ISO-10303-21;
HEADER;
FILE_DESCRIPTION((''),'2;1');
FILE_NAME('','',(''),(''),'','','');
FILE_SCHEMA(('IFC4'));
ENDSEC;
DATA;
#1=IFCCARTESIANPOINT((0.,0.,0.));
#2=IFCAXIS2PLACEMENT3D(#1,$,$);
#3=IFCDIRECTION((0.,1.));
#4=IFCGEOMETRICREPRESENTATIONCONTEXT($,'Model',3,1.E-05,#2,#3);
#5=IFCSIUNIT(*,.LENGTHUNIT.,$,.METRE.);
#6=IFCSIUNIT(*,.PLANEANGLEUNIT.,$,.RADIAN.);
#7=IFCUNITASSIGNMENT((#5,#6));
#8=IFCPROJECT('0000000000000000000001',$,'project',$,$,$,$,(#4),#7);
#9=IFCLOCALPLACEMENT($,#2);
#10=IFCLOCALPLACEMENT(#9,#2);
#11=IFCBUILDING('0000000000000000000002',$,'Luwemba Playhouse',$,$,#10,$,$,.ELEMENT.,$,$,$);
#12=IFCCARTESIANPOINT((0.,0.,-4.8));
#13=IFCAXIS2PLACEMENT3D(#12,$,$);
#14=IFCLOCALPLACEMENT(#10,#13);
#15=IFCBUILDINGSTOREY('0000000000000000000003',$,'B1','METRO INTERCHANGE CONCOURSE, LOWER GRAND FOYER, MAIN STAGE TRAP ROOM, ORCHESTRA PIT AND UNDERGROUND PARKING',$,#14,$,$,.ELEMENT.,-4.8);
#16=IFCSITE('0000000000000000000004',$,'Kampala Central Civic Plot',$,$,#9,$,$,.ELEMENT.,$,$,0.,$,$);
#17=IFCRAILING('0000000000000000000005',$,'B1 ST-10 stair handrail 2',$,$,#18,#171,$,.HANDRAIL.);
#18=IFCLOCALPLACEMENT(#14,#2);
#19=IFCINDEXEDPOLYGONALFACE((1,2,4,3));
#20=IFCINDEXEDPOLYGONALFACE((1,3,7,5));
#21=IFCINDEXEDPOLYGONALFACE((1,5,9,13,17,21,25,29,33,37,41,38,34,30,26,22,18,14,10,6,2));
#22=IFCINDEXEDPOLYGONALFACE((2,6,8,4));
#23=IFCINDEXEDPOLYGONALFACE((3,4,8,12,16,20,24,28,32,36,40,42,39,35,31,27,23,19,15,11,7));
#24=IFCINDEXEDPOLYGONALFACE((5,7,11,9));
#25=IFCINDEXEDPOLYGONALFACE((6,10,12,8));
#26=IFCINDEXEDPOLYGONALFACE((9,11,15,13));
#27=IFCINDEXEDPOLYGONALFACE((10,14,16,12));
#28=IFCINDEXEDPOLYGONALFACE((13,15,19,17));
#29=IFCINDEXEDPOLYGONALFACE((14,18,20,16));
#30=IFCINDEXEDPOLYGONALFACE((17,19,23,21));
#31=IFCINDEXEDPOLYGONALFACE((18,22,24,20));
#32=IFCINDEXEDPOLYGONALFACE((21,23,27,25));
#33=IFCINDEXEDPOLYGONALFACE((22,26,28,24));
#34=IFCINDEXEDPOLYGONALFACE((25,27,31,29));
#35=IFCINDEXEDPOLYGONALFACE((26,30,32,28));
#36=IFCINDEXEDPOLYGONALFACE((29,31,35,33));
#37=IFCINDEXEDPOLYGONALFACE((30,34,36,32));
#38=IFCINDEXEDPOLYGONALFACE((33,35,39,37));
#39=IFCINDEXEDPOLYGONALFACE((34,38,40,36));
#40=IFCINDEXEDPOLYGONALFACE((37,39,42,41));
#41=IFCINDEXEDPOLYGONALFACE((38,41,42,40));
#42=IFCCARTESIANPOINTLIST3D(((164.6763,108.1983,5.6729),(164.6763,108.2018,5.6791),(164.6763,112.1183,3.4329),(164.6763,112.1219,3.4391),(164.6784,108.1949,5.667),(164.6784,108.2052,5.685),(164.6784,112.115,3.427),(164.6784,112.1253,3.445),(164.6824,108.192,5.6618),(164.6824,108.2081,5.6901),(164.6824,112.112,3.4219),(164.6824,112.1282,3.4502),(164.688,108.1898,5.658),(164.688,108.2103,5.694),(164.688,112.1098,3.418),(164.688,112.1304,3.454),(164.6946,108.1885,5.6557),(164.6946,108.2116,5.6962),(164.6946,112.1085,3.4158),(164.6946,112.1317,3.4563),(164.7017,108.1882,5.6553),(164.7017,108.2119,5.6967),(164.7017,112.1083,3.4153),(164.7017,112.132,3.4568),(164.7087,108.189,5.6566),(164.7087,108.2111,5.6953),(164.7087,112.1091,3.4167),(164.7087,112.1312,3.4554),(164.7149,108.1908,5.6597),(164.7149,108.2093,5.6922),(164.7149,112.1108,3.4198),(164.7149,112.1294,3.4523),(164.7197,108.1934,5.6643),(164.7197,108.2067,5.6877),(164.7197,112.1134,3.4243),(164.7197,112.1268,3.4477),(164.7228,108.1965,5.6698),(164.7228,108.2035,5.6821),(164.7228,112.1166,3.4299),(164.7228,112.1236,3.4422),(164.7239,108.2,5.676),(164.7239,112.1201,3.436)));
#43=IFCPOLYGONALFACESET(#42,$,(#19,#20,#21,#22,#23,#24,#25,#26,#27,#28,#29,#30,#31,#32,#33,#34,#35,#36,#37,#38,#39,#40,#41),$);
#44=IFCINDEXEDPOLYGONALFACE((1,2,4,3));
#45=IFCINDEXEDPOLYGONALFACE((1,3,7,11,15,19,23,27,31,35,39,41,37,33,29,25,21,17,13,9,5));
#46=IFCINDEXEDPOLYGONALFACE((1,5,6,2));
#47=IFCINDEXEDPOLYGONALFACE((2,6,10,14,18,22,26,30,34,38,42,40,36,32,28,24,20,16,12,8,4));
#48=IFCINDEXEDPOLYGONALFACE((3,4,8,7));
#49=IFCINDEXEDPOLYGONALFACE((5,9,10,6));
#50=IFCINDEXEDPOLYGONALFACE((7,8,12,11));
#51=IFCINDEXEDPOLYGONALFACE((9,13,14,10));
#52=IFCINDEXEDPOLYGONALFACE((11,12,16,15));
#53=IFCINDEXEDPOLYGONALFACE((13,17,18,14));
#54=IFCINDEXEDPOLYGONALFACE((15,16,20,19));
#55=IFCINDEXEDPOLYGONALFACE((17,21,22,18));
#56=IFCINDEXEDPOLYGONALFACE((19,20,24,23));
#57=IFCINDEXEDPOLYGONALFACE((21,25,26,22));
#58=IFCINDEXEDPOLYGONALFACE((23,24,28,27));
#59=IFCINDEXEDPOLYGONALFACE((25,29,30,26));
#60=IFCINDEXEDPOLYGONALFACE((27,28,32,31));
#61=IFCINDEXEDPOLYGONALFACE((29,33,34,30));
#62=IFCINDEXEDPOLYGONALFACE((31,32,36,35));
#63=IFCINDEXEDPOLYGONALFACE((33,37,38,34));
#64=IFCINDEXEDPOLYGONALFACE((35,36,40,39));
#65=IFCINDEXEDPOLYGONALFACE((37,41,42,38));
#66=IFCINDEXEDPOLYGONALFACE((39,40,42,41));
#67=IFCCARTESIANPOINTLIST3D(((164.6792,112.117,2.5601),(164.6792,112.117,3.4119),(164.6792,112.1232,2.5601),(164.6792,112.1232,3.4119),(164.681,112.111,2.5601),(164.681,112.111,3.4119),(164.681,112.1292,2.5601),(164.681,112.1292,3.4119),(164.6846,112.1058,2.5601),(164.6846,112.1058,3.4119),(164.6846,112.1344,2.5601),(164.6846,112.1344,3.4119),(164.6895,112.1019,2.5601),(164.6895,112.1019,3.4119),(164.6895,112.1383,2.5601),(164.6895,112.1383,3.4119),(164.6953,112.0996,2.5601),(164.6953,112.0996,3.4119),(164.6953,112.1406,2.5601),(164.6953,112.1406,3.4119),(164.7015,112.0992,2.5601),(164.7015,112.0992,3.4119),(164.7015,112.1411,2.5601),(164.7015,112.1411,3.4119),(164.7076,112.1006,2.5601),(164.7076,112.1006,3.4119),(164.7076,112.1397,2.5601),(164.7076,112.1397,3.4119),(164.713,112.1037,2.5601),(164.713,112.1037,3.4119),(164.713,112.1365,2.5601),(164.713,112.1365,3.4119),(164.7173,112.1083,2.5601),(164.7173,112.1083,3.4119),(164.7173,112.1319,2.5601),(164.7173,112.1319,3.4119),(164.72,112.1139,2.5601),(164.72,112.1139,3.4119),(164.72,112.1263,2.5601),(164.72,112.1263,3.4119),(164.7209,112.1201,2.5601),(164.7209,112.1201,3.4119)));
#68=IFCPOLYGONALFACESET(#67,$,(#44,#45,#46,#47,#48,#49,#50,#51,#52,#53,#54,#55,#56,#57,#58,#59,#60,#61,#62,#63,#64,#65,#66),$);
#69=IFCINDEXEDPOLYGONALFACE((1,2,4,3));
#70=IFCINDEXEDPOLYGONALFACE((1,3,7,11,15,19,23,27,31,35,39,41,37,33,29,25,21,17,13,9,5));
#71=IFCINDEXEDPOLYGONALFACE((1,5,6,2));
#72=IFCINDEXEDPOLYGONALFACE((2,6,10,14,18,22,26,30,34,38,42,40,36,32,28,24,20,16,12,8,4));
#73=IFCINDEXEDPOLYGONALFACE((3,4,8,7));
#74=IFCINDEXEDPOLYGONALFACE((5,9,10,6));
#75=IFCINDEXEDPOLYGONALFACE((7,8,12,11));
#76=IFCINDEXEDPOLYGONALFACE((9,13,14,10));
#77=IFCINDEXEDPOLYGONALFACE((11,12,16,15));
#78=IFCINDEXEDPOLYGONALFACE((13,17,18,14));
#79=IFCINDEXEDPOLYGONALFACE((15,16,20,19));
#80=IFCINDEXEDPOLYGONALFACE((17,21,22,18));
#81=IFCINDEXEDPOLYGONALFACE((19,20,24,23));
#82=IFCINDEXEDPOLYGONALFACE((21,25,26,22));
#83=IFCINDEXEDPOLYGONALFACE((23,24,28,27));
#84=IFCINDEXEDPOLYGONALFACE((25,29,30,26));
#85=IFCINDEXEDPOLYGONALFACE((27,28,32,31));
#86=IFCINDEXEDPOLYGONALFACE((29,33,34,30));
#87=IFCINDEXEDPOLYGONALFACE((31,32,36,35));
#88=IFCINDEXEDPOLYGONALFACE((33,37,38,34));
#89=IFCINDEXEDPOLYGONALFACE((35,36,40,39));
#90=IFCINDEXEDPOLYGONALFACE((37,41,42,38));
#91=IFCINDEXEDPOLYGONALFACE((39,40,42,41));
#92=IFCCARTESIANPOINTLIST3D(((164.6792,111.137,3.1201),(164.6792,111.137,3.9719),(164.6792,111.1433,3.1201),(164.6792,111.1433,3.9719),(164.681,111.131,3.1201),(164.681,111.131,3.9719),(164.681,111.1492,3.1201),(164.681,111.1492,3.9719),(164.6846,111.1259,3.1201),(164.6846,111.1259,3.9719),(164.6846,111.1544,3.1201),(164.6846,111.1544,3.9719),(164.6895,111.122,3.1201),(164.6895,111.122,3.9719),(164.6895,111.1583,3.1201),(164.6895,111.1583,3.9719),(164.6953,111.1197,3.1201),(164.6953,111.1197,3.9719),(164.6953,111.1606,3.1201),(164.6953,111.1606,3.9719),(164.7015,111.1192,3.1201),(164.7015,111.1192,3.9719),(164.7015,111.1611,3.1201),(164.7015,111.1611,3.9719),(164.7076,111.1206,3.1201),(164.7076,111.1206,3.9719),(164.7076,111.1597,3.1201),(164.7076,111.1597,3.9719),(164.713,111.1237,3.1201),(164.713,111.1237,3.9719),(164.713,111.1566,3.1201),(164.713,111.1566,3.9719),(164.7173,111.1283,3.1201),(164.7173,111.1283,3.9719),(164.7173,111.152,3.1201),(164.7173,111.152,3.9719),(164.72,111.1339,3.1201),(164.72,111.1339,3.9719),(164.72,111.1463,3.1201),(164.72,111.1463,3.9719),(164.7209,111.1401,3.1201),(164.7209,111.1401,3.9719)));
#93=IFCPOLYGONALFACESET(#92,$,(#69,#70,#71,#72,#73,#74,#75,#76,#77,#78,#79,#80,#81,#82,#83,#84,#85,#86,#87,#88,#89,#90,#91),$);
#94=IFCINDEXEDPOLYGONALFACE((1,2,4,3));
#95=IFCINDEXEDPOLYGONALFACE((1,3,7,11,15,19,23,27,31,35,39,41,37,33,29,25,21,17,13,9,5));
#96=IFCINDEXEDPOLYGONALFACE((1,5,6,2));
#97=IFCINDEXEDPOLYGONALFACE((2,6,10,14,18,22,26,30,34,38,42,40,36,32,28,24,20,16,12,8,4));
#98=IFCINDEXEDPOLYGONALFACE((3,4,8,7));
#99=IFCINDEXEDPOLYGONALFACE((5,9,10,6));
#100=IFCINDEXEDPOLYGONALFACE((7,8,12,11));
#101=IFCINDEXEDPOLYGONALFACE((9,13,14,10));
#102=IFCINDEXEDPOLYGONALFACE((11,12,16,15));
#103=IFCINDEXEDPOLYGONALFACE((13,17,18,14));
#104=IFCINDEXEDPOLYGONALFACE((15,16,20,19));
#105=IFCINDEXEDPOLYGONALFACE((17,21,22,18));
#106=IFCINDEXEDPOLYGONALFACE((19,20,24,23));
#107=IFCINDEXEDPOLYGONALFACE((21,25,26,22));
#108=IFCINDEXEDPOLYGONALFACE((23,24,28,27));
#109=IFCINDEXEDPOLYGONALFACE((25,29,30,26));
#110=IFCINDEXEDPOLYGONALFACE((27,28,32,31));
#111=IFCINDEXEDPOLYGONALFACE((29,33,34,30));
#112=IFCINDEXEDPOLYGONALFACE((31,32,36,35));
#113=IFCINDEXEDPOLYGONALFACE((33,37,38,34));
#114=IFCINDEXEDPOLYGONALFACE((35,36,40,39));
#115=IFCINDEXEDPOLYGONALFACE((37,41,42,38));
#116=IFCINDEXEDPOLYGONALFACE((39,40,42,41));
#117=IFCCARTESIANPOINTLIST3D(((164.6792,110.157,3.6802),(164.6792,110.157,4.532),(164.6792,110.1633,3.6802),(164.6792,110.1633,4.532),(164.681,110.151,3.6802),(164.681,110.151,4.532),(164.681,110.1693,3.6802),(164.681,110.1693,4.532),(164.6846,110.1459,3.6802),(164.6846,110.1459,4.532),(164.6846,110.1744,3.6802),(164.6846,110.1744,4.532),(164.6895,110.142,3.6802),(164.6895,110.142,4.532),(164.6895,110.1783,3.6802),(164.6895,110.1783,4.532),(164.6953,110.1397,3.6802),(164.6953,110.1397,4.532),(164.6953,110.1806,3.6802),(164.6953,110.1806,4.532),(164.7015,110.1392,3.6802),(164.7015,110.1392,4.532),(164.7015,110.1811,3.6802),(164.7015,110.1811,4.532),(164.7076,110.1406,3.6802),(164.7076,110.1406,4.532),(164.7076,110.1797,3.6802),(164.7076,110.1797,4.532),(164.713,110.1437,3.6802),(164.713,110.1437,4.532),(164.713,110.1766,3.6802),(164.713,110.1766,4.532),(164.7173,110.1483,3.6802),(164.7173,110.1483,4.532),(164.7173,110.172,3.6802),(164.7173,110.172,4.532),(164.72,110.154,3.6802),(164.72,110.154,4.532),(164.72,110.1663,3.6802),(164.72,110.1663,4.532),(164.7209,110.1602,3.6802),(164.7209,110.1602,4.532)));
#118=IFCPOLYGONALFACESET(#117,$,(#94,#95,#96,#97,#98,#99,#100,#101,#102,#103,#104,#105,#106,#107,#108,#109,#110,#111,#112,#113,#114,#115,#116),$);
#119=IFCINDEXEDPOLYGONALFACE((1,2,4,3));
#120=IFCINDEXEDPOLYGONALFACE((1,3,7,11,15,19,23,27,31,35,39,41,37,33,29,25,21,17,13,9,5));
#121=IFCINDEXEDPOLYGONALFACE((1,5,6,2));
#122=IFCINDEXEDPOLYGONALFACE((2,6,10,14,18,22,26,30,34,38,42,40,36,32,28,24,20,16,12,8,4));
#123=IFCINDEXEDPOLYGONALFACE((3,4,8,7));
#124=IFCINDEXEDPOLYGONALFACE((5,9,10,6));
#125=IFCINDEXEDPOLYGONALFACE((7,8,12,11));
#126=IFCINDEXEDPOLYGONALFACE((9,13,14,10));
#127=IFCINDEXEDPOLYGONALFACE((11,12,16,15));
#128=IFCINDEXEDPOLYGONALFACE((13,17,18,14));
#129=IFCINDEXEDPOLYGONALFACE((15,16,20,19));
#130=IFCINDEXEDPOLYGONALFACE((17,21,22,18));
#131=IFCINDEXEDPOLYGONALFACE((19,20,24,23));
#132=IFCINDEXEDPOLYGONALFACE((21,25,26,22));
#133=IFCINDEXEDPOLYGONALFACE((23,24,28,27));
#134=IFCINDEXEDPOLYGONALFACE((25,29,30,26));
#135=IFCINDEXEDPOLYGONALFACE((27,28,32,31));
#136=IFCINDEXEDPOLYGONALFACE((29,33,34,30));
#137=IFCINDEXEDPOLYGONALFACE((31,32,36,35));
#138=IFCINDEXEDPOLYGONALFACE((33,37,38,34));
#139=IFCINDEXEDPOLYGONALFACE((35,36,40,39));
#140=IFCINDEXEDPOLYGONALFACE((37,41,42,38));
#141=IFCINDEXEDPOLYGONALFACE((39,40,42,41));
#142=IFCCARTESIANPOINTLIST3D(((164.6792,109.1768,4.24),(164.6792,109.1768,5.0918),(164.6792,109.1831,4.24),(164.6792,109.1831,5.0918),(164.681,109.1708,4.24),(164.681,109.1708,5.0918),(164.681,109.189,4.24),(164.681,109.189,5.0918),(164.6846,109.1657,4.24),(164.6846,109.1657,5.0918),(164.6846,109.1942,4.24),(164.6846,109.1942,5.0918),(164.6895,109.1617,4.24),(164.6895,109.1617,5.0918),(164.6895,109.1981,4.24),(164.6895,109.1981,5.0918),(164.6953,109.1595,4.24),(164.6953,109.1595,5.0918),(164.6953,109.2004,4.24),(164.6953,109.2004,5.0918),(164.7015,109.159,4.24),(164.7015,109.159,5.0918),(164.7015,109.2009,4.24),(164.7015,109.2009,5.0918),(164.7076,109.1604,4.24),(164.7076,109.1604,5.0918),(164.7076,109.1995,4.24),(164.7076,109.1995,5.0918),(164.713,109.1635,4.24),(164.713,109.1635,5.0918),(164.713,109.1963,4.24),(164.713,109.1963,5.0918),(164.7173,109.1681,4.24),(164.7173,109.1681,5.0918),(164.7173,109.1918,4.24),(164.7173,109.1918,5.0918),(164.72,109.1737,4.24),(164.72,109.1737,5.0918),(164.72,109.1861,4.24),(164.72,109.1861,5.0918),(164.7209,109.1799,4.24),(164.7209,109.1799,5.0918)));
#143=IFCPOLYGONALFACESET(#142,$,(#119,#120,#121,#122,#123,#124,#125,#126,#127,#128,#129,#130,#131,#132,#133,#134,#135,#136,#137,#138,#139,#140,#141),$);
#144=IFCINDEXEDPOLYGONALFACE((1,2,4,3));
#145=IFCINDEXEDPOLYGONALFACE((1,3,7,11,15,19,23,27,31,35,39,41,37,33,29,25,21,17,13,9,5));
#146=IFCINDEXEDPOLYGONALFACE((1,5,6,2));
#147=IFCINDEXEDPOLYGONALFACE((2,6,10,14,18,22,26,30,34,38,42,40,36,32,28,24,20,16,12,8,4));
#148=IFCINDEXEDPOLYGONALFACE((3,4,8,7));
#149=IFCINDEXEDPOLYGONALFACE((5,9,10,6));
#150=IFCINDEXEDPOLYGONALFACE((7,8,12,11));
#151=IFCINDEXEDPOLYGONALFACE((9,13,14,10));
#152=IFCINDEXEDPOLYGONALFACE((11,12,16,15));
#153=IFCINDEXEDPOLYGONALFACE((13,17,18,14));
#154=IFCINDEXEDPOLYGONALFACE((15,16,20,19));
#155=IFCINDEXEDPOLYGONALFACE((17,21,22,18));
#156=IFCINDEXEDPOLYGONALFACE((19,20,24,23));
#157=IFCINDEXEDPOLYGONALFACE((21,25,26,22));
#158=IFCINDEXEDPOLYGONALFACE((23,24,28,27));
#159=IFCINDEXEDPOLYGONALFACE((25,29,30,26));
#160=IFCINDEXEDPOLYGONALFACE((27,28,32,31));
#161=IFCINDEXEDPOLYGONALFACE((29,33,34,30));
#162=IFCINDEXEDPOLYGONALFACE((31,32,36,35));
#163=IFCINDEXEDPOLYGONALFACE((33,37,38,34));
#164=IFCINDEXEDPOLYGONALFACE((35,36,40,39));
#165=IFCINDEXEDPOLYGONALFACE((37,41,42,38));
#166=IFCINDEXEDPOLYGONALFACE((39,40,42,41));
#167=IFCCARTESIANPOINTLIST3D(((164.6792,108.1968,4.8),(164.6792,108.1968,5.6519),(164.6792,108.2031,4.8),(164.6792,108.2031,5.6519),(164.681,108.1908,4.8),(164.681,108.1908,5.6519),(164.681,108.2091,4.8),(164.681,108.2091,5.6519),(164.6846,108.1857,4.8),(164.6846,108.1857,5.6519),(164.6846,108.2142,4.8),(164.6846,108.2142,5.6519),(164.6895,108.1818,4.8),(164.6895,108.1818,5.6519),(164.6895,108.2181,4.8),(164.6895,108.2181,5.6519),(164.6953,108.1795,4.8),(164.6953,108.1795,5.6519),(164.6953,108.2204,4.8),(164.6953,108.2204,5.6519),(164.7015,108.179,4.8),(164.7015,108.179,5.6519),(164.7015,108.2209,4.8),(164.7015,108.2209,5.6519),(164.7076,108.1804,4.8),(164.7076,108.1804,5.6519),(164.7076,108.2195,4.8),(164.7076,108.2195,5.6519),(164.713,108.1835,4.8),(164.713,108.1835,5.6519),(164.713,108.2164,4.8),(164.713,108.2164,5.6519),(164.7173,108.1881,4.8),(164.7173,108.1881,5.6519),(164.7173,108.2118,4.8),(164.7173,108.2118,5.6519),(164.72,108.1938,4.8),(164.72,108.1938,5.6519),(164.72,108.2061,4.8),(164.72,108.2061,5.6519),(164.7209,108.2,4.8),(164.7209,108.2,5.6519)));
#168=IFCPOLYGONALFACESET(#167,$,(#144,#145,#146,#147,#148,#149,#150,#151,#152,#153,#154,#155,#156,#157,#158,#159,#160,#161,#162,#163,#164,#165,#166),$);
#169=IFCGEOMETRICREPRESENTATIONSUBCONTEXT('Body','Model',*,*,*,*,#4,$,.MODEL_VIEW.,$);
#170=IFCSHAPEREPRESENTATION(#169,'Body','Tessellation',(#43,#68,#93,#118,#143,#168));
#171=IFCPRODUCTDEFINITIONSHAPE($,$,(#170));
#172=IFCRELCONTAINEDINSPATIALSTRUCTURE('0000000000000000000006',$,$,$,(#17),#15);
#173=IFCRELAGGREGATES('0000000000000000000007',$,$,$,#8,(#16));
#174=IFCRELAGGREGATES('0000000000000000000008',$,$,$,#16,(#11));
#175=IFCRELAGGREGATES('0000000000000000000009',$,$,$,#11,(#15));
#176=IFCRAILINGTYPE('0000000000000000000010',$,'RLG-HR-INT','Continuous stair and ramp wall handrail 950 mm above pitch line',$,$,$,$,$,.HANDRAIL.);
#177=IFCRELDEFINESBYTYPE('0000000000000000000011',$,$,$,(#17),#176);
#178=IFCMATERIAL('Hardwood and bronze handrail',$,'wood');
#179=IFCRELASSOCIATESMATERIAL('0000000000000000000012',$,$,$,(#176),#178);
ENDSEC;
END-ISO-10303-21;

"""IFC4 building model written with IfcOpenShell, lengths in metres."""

from ifc_helpers import new_model, si_unit, direction, frame, origin, origin_2d, place, context, subcontext, project, spatial, circle, extrude, material, type_object, element, save


model = new_model("IFC4")

# Units and contexts
model_context = context("Model", 3, precision=1e-05, world=origin(), true_north=direction((0.0, 1.0)))
body_context = subcontext(model_context, "Body", "Model", "MODEL_VIEW")
ifc_project = project(units=[si_unit("LENGTHUNIT", "METRE"), si_unit("PLANEANGLEUNIT", "RADIAN")], contexts=[model_context])

# Site, building, storey
site_placement = place(None, origin())
site = spatial("IfcSite", under=ifc_project, at=site_placement, Name="Kampala Central Civic Plot", CompositionType="ELEMENT", RefElevation=0.0)
building_placement = place(site_placement, origin())
building = spatial("IfcBuilding", under=site, at=building_placement, Name="Luwemba Playhouse", CompositionType="ELEMENT")
storey_placement = place(building_placement, frame((0.0, 0.0, -4.8)))
storey = spatial("IfcBuildingStorey", under=building, at=storey_placement, Name="B1", Description="METRO INTERCHANGE CONCOURSE, LOWER GRAND FOYER, MAIN STAGE TRAP ROOM, ORCHESTRA PIT AND UNDERGROUND PARKING", CompositionType="ELEMENT", Elevation=-4.8)

# Railing
ifc_material_1 = material(Name="Hardwood and bronze handrail", Category="wood")
railing_type_1 = type_object("IfcRailingType", Name="RLG-HR-INT", Description="Continuous stair and ramp wall handrail 950 mm above pitch line", PredefinedType="HANDRAIL", material=ifc_material_1)
railing_1_placement = place(storey_placement, frame((164.7, 112.1201, 2.5601)))
element("IfcRailing", 1, at=railing_1_placement, inside=storey, type_object=railing_type_1, Name="B1 ST-10 stair handrail 2", PredefinedType="HANDRAIL", context=body_context, shape_type="SweptSolid", body=[
    extrude(circle(Radius=0.0239, at=origin_2d()), frame((0.0, 0.0, 0.876), z_axis=(0.0, -0.868253, 0.496121), x_axis=(1.0, 0.0, 0.0)), (0.0, 0.0, 1.0), 4.5149),
    extrude(circle(Radius=0.021, at=origin_2d()), origin(), (0.0, 0.0, 1.0), 0.8518),
    extrude(circle(Radius=0.021, at=origin_2d()), frame((0.0, -0.98, 0.5601)), (0.0, 0.0, 1.0), 0.8518),
    extrude(circle(Radius=0.021, at=origin_2d()), frame((0.0, -1.96, 1.1201)), (0.0, 0.0, 1.0), 0.8518),
    extrude(circle(Radius=0.021, at=origin_2d()), frame((0.0, -2.9402, 1.6799)), (0.0, 0.0, 1.0), 0.8518),
    extrude(circle(Radius=0.021, at=origin_2d()), frame((0.0, -3.9202, 2.24)), (0.0, 0.0, 1.0), 0.8518),
])

save(model, "model.ifc")
